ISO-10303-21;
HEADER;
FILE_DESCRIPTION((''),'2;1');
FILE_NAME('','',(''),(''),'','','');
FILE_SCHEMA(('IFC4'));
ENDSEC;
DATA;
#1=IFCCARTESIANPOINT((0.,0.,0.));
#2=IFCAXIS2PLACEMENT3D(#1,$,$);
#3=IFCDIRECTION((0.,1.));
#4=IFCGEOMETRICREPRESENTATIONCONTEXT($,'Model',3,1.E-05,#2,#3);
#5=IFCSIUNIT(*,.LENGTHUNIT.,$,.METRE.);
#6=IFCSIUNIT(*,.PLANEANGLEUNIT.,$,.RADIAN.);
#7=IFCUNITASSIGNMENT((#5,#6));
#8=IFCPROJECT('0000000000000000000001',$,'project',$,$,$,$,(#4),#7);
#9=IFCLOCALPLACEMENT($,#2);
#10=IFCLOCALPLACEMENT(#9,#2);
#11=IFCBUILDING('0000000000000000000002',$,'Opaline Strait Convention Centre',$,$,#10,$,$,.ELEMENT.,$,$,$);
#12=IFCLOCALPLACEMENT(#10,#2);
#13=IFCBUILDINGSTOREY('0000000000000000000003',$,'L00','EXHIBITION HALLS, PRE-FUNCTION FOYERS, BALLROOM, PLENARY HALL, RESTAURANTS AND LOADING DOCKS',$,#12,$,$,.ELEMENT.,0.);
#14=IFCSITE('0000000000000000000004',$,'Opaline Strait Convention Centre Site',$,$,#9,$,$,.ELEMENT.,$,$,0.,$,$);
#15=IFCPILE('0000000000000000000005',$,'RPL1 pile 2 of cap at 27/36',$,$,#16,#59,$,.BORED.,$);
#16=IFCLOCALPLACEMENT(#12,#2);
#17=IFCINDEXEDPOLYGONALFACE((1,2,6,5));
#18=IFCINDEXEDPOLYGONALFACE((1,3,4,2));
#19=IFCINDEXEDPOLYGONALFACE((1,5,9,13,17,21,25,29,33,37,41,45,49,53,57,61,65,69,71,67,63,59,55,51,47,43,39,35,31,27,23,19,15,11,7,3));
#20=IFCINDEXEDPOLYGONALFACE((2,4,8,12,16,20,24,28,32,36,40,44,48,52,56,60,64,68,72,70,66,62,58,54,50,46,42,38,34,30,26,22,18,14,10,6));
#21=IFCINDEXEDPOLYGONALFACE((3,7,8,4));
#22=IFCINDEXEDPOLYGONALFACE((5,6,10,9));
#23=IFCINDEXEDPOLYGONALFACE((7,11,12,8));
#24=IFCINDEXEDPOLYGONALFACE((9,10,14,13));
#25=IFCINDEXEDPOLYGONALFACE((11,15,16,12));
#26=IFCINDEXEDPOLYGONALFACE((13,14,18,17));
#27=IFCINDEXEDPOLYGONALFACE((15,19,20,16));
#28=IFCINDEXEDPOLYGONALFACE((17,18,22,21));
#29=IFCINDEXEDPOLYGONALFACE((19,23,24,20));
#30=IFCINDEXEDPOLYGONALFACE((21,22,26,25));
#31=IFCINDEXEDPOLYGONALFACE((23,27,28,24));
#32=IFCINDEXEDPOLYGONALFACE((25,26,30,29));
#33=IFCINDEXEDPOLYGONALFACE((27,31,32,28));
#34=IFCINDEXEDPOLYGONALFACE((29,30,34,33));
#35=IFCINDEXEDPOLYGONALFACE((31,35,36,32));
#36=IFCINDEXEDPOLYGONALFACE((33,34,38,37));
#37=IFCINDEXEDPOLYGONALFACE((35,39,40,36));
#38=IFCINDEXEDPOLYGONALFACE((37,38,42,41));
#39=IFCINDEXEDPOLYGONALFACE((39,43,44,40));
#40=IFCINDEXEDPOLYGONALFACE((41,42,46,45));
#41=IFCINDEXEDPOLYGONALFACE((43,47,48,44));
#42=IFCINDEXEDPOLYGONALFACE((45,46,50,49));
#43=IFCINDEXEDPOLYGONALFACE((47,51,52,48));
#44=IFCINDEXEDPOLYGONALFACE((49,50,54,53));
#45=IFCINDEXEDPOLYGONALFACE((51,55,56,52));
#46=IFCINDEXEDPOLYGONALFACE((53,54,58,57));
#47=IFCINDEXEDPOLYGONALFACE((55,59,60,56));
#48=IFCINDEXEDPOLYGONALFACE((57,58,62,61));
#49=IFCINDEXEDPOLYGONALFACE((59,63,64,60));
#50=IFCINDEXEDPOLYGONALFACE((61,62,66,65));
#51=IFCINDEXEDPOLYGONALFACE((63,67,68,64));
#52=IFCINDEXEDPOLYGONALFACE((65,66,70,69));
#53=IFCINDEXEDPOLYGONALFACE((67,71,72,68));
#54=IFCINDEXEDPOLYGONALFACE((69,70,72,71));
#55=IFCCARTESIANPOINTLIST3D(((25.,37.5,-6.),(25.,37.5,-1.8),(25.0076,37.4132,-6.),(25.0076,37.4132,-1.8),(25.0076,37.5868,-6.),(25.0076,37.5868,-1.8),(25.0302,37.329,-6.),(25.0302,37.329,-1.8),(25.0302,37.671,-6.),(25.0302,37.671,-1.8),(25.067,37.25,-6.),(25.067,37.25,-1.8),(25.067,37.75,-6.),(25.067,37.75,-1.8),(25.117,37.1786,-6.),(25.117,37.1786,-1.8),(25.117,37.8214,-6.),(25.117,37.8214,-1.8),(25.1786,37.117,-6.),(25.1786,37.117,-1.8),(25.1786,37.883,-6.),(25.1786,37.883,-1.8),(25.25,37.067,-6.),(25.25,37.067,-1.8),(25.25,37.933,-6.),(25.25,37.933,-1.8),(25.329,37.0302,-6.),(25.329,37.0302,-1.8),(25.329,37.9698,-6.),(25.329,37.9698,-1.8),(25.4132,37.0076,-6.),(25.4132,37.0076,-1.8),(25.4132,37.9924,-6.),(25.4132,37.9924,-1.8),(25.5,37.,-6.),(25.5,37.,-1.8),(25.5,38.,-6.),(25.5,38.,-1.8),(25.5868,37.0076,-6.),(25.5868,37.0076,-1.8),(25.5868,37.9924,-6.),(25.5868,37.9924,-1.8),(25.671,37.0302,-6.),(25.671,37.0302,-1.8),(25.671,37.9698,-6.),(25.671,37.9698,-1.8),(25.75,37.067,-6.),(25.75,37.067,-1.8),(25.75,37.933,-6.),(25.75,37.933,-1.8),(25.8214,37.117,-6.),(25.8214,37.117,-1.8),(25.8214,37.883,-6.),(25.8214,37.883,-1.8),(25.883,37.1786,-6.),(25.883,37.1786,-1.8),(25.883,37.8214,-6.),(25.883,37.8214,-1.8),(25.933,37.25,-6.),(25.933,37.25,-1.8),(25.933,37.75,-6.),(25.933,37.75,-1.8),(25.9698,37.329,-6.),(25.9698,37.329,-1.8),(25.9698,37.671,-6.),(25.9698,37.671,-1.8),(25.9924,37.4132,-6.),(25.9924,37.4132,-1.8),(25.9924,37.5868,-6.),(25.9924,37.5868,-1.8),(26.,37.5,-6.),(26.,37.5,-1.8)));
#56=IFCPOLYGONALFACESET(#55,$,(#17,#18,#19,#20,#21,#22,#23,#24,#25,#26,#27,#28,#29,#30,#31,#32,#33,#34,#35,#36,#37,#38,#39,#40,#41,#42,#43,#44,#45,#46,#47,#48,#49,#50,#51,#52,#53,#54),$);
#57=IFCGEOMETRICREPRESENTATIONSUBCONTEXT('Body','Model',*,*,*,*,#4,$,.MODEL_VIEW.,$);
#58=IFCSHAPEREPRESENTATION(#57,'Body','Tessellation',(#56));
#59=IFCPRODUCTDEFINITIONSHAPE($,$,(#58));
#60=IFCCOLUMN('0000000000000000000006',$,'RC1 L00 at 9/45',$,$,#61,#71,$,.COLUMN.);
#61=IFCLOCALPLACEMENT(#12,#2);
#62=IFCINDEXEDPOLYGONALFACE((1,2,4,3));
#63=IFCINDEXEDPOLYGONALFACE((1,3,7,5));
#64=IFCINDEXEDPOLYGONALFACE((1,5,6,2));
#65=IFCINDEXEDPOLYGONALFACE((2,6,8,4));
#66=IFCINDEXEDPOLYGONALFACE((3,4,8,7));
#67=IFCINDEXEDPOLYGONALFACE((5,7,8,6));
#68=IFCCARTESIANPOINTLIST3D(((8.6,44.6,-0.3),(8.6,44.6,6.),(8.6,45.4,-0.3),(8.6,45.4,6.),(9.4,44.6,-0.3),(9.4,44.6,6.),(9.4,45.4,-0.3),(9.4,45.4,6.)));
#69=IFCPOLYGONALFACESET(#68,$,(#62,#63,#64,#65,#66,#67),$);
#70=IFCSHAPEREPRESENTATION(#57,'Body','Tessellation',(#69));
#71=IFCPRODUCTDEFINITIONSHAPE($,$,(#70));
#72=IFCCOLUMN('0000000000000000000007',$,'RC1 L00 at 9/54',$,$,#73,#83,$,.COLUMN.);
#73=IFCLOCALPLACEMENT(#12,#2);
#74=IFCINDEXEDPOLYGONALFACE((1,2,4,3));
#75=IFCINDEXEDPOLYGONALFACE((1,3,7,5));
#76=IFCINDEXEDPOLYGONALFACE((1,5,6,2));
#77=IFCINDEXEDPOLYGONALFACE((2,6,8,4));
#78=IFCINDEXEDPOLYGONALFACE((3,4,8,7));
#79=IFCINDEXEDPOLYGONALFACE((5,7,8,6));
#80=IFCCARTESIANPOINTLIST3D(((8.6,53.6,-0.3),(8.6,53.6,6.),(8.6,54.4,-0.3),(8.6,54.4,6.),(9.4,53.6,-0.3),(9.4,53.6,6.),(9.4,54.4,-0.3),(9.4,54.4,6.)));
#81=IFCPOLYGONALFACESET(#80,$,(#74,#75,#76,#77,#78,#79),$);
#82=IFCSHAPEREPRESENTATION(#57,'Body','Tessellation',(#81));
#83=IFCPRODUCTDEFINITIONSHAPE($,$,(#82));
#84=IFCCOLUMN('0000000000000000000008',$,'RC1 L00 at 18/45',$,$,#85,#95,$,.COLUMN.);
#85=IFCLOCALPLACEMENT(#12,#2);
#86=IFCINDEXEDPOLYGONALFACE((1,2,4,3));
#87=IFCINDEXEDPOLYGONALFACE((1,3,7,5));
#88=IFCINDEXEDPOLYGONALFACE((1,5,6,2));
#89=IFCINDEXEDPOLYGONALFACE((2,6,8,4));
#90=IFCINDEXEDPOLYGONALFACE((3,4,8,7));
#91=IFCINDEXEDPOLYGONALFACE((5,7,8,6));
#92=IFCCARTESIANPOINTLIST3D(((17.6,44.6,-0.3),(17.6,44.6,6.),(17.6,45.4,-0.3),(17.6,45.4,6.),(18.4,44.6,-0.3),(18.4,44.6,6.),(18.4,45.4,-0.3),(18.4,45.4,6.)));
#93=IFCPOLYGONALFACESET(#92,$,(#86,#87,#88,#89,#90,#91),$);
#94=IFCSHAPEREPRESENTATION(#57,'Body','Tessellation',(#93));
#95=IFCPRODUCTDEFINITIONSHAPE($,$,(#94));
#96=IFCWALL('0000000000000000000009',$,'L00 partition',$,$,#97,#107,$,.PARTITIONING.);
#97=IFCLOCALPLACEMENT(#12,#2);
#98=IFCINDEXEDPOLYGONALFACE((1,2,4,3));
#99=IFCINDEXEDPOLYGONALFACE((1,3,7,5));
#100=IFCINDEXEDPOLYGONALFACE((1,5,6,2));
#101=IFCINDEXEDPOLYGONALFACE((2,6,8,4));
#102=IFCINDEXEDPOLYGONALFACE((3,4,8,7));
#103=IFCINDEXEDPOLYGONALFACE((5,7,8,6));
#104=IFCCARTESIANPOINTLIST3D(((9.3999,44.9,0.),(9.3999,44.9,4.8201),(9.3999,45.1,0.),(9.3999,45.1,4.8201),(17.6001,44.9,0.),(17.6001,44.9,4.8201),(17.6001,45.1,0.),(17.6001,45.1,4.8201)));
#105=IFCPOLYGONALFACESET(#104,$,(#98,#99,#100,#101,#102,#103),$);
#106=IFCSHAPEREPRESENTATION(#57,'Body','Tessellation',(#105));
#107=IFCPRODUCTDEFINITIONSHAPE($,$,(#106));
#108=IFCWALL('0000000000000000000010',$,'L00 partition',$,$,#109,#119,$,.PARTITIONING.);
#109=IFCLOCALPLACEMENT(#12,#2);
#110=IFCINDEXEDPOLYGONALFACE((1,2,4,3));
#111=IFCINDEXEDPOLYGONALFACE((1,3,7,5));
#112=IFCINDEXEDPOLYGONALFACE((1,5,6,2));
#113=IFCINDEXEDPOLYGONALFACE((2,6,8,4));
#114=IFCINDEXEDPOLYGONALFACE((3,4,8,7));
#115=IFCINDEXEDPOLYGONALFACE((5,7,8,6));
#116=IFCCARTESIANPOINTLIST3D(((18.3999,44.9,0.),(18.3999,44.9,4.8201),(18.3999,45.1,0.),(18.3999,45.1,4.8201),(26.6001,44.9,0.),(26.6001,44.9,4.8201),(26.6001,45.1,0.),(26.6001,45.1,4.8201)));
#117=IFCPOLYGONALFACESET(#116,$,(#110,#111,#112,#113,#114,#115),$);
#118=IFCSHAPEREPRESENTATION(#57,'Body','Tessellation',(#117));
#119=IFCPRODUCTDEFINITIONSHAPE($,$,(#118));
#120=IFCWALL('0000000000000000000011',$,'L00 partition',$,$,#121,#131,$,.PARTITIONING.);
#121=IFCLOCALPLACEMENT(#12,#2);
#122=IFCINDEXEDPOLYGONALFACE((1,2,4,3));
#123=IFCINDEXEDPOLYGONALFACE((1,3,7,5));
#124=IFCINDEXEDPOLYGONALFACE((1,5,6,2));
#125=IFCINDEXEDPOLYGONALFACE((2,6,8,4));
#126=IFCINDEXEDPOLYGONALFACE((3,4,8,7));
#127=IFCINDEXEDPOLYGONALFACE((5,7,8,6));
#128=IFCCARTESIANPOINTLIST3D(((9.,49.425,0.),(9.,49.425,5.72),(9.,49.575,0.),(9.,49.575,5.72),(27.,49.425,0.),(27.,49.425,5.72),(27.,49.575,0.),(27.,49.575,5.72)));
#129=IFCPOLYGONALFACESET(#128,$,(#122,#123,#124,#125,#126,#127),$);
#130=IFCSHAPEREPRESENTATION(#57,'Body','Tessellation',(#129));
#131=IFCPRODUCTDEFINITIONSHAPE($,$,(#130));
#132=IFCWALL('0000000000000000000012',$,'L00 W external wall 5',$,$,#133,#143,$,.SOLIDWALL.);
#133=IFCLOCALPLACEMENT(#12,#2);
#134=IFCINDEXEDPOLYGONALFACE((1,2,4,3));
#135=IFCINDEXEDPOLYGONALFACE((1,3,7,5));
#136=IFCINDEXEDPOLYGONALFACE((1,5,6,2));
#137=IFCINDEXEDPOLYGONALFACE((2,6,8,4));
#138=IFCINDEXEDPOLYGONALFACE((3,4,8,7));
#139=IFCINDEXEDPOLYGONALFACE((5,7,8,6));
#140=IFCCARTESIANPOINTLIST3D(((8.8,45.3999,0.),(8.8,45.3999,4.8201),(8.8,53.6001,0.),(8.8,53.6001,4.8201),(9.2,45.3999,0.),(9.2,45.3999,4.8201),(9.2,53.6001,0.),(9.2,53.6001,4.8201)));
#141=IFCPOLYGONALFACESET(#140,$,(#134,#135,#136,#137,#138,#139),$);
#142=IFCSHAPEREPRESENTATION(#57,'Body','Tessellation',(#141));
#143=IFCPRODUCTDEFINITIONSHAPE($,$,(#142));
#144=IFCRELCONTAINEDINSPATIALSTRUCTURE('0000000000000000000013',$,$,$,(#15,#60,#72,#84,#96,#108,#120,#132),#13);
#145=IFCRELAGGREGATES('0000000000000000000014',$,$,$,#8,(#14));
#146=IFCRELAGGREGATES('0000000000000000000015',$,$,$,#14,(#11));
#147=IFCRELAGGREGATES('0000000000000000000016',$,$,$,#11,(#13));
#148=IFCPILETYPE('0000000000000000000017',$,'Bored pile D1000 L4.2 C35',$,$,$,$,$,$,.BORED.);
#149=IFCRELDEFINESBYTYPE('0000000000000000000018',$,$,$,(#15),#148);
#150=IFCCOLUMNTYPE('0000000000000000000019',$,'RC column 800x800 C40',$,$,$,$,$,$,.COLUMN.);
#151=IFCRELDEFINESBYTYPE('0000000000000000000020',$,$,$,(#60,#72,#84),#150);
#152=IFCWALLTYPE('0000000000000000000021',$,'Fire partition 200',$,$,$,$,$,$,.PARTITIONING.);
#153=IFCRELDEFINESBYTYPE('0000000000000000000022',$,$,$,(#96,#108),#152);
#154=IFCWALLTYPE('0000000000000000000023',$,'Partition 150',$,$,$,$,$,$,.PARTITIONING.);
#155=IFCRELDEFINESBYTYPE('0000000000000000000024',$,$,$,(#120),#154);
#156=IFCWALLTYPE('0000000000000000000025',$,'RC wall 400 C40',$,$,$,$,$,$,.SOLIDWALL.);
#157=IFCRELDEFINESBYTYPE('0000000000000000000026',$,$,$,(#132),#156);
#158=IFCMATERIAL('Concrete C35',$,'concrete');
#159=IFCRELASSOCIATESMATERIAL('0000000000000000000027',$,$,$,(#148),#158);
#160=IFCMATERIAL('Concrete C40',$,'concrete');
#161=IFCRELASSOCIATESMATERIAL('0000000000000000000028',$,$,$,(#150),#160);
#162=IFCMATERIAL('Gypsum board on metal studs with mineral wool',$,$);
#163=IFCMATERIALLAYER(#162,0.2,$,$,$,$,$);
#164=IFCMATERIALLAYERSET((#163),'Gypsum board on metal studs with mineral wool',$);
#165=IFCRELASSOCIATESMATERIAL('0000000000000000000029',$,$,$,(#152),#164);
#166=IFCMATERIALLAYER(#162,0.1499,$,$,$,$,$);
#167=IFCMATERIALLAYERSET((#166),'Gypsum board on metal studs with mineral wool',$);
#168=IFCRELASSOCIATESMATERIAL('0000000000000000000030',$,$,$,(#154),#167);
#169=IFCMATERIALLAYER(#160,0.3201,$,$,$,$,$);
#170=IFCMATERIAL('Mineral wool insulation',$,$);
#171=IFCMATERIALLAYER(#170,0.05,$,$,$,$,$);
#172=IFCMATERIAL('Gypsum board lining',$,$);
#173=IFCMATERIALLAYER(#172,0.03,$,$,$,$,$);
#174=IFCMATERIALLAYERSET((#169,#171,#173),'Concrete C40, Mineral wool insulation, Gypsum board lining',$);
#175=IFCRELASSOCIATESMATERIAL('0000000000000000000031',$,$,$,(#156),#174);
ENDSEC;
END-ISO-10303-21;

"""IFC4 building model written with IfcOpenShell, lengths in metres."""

from ifc_helpers import new_model, si_unit, direction, frame, frame_2d, origin, origin_2d, place, context, subcontext, project, spatial, rectangle, circle, extrude, material, layer, layer_set, material_profile, profile_set, type_object, element, save


model = new_model("IFC4")

# Units and contexts
model_context = context("Model", 3, precision=1e-05, world=origin(), true_north=direction((0.0, 1.0)))
body_context = subcontext(model_context, "Body", "Model", "MODEL_VIEW")
ifc_project = project(units=[si_unit("LENGTHUNIT", "METRE"), si_unit("PLANEANGLEUNIT", "RADIAN")], contexts=[model_context])

# Site, building, storey
site_placement = place(None, origin())
site = spatial("IfcSite", under=ifc_project, at=site_placement, Name="Opaline Strait Convention Centre Site", CompositionType="ELEMENT", RefElevation=0.0)
building_placement = place(site_placement, origin())
building = spatial("IfcBuilding", under=site, at=building_placement, Name="Opaline Strait Convention Centre", CompositionType="ELEMENT")
storey_placement = place(building_placement, origin())
storey = spatial("IfcBuildingStorey", under=building, at=storey_placement, Name="L00", Description="EXHIBITION HALLS, PRE-FUNCTION FOYERS, BALLROOM, PLENARY HALL, RESTAURANTS AND LOADING DOCKS", CompositionType="ELEMENT", Elevation=0.0)

# Pile
ifc_material_1 = material(Name="Concrete C35", Category="concrete")
ifc_material_profile_1 = material_profile(ifc_material_1, circle(Radius=0.5, at=origin_2d()), Name="D1000")
ifc_profile_set_1 = profile_set([ifc_material_profile_1], Name="Concrete C35")
pile_type = type_object("IfcPileType", Name="Bored pile D1000 L4.2 C35", PredefinedType="BORED", material=ifc_profile_set_1)
for number, where, z_axis, x_axis, name in (
    (1, (25.5, 37.5, -1.8), (0.0, 0.0, -1.0), (1.0, 0.0, 0.0), "RPL1 pile 2 of cap at 27/36"),
):
    element("IfcPile", number, at=place(storey_placement, frame(where, z_axis=z_axis, x_axis=x_axis)), inside=storey, type_object=pile_type, Name=name, PredefinedType="BORED", context=body_context, shape_type="SweptSolid", body=[
        extrude(circle(Radius=0.5, at=origin_2d()), origin(), (0.0, 0.0, 1.0), 4.2),
    ])

# Columns
ifc_material_2 = material(Name="Concrete C40", Category="concrete")
ifc_material_profile_2 = material_profile(ifc_material_2, rectangle(XDim=0.8, YDim=0.8, at=origin_2d()), Name="RC 800x800")
ifc_profile_set_2 = profile_set([ifc_material_profile_2], Name="Concrete C40")
column_type = type_object("IfcColumnType", Name="RC column 800x800 C40", PredefinedType="COLUMN", material=ifc_profile_set_2)
for number, where, z_axis, x_axis, name in (
    (2, (9.0, 45.0, -0.3), (0.0, 0.0, 1.0), (1.0, 0.0, 0.0), "RC1 L00 at 9/45"),
    (3, (9.0, 54.0, -0.3), (0.0, 0.0, 1.0), (1.0, 0.0, 0.0), "RC1 L00 at 9/54"),
    (4, (18.0, 45.0, -0.3), (0.0, 0.0, 1.0), (1.0, 0.0, 0.0), "RC1 L00 at 18/45"),
):
    element("IfcColumn", number, at=place(storey_placement, frame(where, z_axis=z_axis, x_axis=x_axis)), inside=storey, type_object=column_type, Name=name, PredefinedType="COLUMN", context=body_context, shape_type="SweptSolid", body=[
        extrude(rectangle(XDim=0.8, YDim=0.8, at=origin_2d()), origin(), (0.0, 0.0, 1.0), 6.3),
    ])

# Walls
ifc_material_3 = material(Name="Gypsum board on metal studs with mineral wool")
ifc_layer_1 = layer(ifc_material_3, 0.2)
ifc_layer_set_1 = layer_set([ifc_layer_1], Name="Gypsum board on metal studs with mineral wool")
wall_type_1 = type_object("IfcWallType", Name="Fire partition 200", PredefinedType="PARTITIONING", material=ifc_layer_set_1)
for number, where, z_axis, x_axis, name in (
    (5, (9.3999, 45.0, 0.0), (0.0, 0.0, 1.0), (1.0, 0.0, 0.0), "L00 partition"),
    (6, (18.3999, 45.0, 0.0), (0.0, 0.0, 1.0), (1.0, 0.0, 0.0), "L00 partition"),
):
    element("IfcWall", number, at=place(storey_placement, frame(where, z_axis=z_axis, x_axis=x_axis)), inside=storey, type_object=wall_type_1, Name=name, PredefinedType="PARTITIONING", context=body_context, shape_type="SweptSolid", body=[
        extrude(rectangle(XDim=8.2002, YDim=0.2, at=frame_2d((4.1001, 0.0))), origin(), (0.0, 0.0, 1.0), 4.8201),
    ])
ifc_layer_2 = layer(ifc_material_3, 0.1499)
ifc_layer_set_2 = layer_set([ifc_layer_2], Name="Gypsum board on metal studs with mineral wool")
wall_type_2 = type_object("IfcWallType", Name="Partition 150", PredefinedType="PARTITIONING", material=ifc_layer_set_2)
wall_1_placement = place(storey_placement, frame((9.0, 49.5, 0.0), z_axis=(0.0, 0.0, 1.0), x_axis=(1.0, 0.0, 0.0)))
element("IfcWall", 7, at=wall_1_placement, inside=storey, type_object=wall_type_2, Name="L00 partition", PredefinedType="PARTITIONING", context=body_context, shape_type="SweptSolid", body=[
    extrude(rectangle(XDim=18.0, YDim=0.1499, at=frame_2d((9.0, 0.0))), origin(), (0.0, 0.0, 1.0), 5.72),
])

# Shared definitions
ifc_layer_3 = layer(ifc_material_2, 0.3201)
ifc_material_4 = material(Name="Mineral wool insulation")
ifc_layer_4 = layer(ifc_material_4, 0.05)
ifc_material_5 = material(Name="Gypsum board lining")
ifc_layer_5 = layer(ifc_material_5, 0.03)
ifc_layer_set_3 = layer_set([ifc_layer_3, ifc_layer_4, ifc_layer_5], Name="Concrete C40, Mineral wool insulation, Gypsum board lining")
wall_type_3 = type_object("IfcWallType", Name="RC wall 400 C40", PredefinedType="SOLIDWALL", material=ifc_layer_set_3)

# Wall
wall_2_placement = place(storey_placement, frame((9.0, 45.3999, 0.0), z_axis=(0.0, 0.0, 1.0), x_axis=(0.0, 1.0, 0.0)))
element("IfcWall", 8, at=wall_2_placement, inside=storey, type_object=wall_type_3, Name="L00 W external wall 5", PredefinedType="SOLIDWALL", context=body_context, shape_type="SweptSolid", body=[
    extrude(rectangle(XDim=8.2002, YDim=0.3999, at=frame_2d((4.1001, 0.0))), origin(), (0.0, 0.0, 1.0), 4.8201),
])

save(model, "model.ifc")
